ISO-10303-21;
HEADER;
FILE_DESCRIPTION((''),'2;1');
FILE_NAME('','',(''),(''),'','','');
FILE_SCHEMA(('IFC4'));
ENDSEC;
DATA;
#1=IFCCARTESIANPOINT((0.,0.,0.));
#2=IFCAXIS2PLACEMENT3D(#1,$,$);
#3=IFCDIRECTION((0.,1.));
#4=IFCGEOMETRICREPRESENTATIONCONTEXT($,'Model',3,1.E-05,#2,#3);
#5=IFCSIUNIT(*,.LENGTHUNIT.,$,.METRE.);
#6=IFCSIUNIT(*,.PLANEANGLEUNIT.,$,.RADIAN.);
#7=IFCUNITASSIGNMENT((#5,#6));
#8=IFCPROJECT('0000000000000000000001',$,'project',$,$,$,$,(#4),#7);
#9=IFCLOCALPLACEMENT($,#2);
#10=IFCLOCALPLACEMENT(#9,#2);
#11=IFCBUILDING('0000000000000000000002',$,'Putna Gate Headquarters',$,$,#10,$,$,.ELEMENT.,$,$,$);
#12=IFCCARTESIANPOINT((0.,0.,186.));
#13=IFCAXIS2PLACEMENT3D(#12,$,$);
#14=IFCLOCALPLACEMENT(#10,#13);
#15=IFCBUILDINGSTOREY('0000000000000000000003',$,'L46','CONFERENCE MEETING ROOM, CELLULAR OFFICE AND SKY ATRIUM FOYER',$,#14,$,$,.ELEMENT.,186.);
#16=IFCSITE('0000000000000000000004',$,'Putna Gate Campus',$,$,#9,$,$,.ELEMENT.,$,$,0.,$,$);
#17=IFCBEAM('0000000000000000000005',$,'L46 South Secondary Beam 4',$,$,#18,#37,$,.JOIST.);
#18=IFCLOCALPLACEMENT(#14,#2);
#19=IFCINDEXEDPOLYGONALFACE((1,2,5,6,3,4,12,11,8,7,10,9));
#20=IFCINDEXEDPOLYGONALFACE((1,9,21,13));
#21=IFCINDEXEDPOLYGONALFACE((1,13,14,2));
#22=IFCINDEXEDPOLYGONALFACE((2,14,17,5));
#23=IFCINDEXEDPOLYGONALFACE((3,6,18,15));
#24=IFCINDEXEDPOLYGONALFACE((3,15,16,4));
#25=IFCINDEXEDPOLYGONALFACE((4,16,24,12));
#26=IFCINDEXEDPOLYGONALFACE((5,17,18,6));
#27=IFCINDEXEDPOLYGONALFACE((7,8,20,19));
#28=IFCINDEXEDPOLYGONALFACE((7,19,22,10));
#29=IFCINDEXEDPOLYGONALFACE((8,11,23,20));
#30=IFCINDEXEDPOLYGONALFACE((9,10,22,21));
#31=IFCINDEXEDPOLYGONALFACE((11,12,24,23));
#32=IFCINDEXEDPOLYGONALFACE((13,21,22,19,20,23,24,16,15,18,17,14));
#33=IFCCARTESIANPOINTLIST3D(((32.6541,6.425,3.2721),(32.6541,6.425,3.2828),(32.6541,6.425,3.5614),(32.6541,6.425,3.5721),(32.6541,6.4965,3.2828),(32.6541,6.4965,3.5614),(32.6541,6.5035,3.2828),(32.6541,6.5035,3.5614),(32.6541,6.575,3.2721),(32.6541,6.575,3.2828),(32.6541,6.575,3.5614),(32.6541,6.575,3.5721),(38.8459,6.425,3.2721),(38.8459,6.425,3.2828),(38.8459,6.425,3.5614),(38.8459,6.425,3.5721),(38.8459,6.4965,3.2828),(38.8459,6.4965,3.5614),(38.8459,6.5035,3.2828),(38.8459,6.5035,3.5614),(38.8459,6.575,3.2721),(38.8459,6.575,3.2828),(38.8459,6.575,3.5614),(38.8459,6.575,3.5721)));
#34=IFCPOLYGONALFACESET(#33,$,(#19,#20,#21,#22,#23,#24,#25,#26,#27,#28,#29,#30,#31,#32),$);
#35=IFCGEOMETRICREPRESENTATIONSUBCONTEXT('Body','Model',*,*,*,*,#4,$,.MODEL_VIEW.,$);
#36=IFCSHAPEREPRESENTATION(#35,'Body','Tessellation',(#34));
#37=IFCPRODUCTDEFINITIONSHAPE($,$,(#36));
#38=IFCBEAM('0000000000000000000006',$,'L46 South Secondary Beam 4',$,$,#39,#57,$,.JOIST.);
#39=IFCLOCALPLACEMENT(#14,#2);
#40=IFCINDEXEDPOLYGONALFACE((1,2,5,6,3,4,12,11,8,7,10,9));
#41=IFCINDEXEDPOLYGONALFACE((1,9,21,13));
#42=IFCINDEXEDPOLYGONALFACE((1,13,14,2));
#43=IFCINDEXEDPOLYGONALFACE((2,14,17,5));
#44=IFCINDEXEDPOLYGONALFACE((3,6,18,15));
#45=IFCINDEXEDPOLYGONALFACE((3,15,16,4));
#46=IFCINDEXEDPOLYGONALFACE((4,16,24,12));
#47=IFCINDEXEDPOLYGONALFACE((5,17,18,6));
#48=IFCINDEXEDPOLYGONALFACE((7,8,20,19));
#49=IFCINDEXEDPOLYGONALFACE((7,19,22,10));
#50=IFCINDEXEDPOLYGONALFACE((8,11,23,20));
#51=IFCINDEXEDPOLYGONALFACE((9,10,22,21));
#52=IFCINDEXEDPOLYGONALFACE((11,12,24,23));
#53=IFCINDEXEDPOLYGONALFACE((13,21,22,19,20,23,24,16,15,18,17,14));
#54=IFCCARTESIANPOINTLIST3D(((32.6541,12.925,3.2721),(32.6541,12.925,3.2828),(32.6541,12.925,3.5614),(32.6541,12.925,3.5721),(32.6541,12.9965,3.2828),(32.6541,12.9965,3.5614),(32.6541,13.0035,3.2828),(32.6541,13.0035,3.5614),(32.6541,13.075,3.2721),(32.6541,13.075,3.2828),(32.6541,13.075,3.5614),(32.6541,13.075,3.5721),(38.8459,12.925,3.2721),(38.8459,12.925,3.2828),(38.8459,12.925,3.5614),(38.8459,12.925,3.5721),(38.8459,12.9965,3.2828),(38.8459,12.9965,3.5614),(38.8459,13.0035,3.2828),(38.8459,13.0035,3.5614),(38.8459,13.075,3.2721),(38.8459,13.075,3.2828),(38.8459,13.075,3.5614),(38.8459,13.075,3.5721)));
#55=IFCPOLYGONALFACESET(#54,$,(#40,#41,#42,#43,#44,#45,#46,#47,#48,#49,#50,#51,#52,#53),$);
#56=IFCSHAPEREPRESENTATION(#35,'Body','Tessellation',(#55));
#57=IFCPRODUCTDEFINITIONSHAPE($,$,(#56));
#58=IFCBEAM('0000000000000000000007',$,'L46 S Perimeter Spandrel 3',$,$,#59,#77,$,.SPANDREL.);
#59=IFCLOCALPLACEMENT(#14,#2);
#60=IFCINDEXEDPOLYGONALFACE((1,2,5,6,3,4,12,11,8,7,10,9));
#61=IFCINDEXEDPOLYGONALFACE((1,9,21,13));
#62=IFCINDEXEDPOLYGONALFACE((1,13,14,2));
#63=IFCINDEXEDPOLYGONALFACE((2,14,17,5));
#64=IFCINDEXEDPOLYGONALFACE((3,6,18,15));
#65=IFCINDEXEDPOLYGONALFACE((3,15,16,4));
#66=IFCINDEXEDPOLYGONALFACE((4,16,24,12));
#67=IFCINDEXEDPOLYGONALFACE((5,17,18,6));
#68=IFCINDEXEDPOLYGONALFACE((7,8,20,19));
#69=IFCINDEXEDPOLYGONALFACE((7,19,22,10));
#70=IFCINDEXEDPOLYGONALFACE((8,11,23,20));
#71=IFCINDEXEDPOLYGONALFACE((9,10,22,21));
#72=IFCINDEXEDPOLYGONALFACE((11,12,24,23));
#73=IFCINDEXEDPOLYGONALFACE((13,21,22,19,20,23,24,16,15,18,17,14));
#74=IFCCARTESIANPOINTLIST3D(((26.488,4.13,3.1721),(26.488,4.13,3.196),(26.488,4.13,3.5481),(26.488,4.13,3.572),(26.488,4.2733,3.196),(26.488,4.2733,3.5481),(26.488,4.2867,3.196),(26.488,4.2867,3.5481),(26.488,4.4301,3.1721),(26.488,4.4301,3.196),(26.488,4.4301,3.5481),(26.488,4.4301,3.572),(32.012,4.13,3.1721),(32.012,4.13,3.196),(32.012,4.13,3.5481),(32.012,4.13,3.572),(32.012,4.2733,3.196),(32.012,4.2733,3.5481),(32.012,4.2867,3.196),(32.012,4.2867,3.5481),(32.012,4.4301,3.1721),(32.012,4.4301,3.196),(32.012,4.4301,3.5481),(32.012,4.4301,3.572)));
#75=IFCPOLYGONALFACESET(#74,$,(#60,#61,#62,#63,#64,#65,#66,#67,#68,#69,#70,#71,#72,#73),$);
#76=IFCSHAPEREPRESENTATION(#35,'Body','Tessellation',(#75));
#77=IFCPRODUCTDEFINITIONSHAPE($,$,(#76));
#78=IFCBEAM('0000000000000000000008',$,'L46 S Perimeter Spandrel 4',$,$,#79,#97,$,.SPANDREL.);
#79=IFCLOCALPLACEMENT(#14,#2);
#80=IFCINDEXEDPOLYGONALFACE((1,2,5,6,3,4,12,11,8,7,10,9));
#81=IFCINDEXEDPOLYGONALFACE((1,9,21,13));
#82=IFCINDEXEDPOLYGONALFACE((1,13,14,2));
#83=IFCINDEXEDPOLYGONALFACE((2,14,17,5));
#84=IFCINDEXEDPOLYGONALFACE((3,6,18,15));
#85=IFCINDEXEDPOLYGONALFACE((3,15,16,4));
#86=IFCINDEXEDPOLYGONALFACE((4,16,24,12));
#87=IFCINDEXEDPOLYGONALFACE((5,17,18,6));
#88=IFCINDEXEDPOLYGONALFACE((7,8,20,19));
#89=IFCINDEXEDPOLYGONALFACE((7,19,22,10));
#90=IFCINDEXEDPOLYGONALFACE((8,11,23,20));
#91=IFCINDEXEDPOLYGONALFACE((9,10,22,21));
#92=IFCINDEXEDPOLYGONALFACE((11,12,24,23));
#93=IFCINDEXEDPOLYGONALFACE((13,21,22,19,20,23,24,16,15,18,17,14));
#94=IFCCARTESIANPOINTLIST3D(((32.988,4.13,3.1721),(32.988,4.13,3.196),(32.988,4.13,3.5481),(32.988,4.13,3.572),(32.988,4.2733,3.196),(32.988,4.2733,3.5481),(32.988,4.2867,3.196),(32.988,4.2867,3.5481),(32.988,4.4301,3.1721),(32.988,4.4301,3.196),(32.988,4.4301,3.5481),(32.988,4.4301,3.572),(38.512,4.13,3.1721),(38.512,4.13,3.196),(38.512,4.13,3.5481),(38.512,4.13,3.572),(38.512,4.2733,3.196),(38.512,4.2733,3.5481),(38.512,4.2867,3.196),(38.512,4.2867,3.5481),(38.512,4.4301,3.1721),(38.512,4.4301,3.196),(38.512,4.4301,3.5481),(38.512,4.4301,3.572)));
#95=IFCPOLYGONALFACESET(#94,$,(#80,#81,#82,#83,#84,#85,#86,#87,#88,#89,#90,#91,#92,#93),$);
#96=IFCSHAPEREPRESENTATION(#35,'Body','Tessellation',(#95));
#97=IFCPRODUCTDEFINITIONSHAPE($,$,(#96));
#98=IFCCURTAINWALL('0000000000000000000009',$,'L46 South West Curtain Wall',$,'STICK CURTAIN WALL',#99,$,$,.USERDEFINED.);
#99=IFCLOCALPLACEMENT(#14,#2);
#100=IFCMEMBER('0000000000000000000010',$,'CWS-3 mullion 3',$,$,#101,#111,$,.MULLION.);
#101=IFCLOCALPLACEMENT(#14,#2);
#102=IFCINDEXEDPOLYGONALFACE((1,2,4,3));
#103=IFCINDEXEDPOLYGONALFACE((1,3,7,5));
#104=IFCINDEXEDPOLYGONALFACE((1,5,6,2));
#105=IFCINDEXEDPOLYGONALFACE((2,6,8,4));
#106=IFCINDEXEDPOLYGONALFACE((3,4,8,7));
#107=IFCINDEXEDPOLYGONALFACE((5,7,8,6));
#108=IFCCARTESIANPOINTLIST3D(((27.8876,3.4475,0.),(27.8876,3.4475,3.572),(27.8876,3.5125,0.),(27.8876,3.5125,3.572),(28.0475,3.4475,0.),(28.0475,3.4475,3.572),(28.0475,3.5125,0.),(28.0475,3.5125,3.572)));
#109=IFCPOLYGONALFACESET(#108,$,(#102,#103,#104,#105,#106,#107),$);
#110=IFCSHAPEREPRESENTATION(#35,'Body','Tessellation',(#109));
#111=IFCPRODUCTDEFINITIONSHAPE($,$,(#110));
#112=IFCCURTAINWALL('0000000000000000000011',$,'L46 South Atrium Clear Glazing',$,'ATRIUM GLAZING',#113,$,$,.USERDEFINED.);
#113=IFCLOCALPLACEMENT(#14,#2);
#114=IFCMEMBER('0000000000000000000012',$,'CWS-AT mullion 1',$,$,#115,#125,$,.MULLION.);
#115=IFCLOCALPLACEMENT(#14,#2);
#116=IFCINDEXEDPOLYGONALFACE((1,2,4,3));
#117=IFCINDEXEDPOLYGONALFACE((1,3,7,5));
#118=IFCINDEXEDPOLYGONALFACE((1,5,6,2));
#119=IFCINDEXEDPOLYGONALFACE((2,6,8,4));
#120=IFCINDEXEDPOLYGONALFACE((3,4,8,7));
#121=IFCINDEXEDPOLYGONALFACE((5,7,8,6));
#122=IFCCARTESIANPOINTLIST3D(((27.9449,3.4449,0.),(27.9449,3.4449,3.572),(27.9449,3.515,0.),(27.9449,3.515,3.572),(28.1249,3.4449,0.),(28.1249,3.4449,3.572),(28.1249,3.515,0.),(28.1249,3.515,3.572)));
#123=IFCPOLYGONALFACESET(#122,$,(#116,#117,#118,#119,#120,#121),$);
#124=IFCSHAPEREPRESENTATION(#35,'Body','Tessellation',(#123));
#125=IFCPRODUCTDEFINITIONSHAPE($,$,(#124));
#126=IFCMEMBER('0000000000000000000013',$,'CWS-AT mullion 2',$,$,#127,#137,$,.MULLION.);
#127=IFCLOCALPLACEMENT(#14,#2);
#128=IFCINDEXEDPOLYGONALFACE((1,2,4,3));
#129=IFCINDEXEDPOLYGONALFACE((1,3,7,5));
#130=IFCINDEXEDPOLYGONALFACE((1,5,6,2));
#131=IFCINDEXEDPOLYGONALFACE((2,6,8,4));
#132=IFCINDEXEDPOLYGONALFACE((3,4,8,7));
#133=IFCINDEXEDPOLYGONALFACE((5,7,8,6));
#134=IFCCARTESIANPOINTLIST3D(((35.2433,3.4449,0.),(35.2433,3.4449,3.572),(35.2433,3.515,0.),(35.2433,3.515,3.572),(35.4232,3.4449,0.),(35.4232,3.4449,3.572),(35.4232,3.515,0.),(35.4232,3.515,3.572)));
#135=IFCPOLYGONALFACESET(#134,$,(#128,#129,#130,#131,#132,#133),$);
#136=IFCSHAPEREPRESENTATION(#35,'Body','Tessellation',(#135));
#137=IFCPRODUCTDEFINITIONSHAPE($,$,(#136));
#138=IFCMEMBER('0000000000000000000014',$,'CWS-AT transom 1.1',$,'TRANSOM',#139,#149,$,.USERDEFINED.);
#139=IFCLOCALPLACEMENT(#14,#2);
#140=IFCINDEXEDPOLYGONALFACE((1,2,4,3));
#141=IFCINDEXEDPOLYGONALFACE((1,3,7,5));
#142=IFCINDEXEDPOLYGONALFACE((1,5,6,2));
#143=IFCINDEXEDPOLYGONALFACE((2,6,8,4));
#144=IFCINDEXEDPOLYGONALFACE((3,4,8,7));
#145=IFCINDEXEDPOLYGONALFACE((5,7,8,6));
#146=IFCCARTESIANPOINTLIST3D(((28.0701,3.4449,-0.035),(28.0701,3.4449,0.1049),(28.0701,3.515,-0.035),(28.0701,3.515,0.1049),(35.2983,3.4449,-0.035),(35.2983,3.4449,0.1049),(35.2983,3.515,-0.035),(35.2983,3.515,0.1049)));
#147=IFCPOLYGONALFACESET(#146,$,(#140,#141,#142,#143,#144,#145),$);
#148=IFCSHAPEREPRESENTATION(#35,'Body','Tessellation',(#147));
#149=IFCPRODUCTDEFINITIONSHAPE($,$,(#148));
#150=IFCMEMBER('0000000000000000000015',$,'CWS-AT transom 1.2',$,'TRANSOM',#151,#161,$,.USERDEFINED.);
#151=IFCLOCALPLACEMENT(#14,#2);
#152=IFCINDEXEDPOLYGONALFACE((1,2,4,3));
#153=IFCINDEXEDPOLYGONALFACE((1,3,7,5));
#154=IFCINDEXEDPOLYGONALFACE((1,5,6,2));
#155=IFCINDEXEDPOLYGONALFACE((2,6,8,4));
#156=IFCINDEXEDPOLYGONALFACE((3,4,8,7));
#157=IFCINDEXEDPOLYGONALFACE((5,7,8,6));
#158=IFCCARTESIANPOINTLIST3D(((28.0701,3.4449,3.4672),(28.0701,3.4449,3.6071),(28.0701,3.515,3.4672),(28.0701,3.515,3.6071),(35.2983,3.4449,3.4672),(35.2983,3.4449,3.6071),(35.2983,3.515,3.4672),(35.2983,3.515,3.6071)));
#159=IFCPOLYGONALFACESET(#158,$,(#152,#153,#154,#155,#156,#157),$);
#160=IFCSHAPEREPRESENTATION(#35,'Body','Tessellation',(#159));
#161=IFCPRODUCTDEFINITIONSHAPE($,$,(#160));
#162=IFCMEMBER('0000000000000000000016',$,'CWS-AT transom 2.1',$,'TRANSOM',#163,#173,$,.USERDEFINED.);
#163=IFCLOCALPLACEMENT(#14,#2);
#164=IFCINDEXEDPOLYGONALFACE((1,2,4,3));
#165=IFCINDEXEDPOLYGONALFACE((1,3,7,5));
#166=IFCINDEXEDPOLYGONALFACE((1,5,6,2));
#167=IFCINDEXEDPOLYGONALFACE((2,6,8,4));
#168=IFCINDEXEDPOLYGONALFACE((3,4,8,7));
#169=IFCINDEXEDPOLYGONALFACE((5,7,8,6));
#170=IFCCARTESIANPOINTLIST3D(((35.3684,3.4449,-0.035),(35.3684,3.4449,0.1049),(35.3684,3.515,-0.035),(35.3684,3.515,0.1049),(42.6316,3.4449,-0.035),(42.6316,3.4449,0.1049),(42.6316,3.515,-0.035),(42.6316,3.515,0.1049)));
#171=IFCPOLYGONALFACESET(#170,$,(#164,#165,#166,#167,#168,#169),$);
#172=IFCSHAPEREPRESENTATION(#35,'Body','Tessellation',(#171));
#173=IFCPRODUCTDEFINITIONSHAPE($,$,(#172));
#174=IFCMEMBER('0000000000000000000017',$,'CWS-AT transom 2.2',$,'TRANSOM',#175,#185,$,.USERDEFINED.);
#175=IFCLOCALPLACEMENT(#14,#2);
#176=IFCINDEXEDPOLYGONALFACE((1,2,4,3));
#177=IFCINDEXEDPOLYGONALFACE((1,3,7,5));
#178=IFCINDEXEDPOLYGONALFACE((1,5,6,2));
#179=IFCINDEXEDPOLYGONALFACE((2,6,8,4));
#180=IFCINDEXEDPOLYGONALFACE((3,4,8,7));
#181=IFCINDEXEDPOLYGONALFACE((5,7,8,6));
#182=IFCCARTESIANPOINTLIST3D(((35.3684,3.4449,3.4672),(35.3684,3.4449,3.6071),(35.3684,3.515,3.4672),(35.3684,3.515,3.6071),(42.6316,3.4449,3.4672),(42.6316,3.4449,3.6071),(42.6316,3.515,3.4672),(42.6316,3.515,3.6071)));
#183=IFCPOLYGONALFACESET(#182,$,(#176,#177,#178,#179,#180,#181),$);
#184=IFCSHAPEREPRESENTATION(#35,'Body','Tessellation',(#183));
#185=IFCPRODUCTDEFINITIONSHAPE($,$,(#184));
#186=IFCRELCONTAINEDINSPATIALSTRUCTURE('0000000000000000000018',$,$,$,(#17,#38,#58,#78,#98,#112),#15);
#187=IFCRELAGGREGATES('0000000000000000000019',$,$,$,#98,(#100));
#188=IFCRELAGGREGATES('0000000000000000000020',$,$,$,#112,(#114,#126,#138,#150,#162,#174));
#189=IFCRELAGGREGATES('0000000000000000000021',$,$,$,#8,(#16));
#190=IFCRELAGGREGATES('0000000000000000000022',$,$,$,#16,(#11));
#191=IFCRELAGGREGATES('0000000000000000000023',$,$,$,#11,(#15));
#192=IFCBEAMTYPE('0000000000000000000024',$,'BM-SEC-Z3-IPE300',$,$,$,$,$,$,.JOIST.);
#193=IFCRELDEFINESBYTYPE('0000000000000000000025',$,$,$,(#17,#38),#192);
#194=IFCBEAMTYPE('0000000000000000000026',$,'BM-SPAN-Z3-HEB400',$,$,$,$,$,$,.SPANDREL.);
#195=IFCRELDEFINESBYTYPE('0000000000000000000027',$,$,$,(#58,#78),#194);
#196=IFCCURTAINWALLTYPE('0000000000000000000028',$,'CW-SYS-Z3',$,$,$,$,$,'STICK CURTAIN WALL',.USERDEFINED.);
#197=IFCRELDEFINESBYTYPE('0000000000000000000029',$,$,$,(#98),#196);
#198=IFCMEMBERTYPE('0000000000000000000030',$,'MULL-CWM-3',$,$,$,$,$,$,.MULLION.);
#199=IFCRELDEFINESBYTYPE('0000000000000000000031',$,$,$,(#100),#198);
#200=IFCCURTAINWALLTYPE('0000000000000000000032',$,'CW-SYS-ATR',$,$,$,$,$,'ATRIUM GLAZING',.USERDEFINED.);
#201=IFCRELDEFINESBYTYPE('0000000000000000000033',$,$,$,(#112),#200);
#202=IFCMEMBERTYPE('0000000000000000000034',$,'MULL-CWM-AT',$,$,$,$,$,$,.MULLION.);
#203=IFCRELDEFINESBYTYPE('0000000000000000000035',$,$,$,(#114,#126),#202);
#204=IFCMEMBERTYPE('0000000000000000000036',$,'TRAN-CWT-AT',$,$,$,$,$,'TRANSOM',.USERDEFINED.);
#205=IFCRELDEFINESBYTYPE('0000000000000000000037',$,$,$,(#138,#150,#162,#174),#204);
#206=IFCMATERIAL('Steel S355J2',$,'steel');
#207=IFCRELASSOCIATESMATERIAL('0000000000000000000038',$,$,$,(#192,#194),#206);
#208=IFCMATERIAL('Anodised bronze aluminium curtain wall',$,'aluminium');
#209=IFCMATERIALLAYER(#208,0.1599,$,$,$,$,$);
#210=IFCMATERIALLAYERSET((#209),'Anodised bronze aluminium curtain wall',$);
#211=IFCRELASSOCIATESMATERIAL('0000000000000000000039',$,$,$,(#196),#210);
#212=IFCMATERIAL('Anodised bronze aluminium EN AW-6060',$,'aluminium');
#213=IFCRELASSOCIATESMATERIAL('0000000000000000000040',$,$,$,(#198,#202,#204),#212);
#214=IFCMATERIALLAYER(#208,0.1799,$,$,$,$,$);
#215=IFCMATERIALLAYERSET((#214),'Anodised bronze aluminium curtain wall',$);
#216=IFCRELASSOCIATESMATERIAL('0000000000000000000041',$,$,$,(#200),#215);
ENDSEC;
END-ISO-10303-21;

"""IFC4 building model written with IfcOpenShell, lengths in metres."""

from ifc_helpers import new_model, si_unit, direction, frame, origin, origin_2d, place, context, subcontext, project, spatial, rectangle, i_section, extrude, material, layer, layer_set, material_profile, profile_set, type_object, element, aggregate, save


model = new_model("IFC4")

# Units and contexts
model_context = context("Model", 3, precision=1e-05, world=origin(), true_north=direction((0.0, 1.0)))
body_context = subcontext(model_context, "Body", "Model", "MODEL_VIEW")
ifc_project = project(units=[si_unit("LENGTHUNIT", "METRE"), si_unit("PLANEANGLEUNIT", "RADIAN")], contexts=[model_context])

# Site, building, storey
site_placement = place(None, origin())
site = spatial("IfcSite", under=ifc_project, at=site_placement, Name="Putna Gate Campus", CompositionType="ELEMENT", RefElevation=0.0)
building_placement = place(site_placement, origin())
building = spatial("IfcBuilding", under=site, at=building_placement, Name="Putna Gate Headquarters", CompositionType="ELEMENT")
storey_placement = place(building_placement, frame((0.0, 0.0, 186.0)))
storey = spatial("IfcBuildingStorey", under=building, at=storey_placement, Name="L46", Description="CONFERENCE MEETING ROOM, CELLULAR OFFICE AND SKY ATRIUM FOYER", CompositionType="ELEMENT", Elevation=186.0)

# Beams
ifc_material_1 = material(Name="Steel S355J2", Category="steel")
ifc_material_profile_1 = material_profile(ifc_material_1, i_section(OverallWidth=0.1499, OverallDepth=0.3, WebThickness=0.0071, FlangeThickness=0.0107, at=origin_2d()), Name="Steel S355J2")
ifc_profile_set_1 = profile_set([ifc_material_profile_1], Name="Steel S355J2")
beam_type_1 = type_object("IfcBeamType", Name="BM-SEC-Z3-IPE300", PredefinedType="JOIST", material=ifc_profile_set_1)
for number, where, z_axis, x_axis, name in (
    (1, (32.6541, 6.5, 3.4221), (1.0, 0.0, 0.0), (0.0, 1.0, 0.0), "L46 South Secondary Beam 4"),
    (2, (32.6541, 13.0, 3.4221), (1.0, 0.0, 0.0), (0.0, 1.0, 0.0), "L46 South Secondary Beam 4"),
):
    element("IfcBeam", number, at=place(storey_placement, frame(where, z_axis=z_axis, x_axis=x_axis)), inside=storey, type_object=beam_type_1, Name=name, PredefinedType="JOIST", context=body_context, shape_type="SweptSolid", body=[
        extrude(i_section(OverallWidth=0.1499, OverallDepth=0.3, WebThickness=0.0071, FlangeThickness=0.0107, at=origin_2d()), origin(), (0.0, 0.0, 1.0), 6.1919),
    ])
ifc_material_profile_2 = material_profile(ifc_material_1, i_section(OverallWidth=0.3, OverallDepth=0.3999, WebThickness=0.0134, FlangeThickness=0.0239, at=origin_2d()), Name="Steel S355J2")
ifc_profile_set_2 = profile_set([ifc_material_profile_2], Name="Steel S355J2")
beam_type_2 = type_object("IfcBeamType", Name="BM-SPAN-Z3-HEB400", PredefinedType="SPANDREL", material=ifc_profile_set_2)
for number, where, z_axis, x_axis, name in (
    (3, (26.488, 4.28, 3.3721), (1.0, 0.0, 0.0), (0.0, 1.0, 0.0), "L46 S Perimeter Spandrel 3"),
    (4, (32.988, 4.28, 3.3721), (1.0, 0.0, 0.0), (0.0, 1.0, 0.0), "L46 S Perimeter Spandrel 4"),
):
    element("IfcBeam", number, at=place(storey_placement, frame(where, z_axis=z_axis, x_axis=x_axis)), inside=storey, type_object=beam_type_2, Name=name, PredefinedType="SPANDREL", context=body_context, shape_type="SweptSolid", body=[
        extrude(i_section(OverallWidth=0.3, OverallDepth=0.3999, WebThickness=0.0134, FlangeThickness=0.0239, at=origin_2d()), origin(), (0.0, 0.0, 1.0), 5.5239),
    ])

# Curtain wall, member
ifc_material_2 = material(Name="Anodised bronze aluminium curtain wall", Category="aluminium")
ifc_layer_1 = layer(ifc_material_2, 0.1599)
ifc_layer_set_1 = layer_set([ifc_layer_1], Name="Anodised bronze aluminium curtain wall")
curtain_wall_type_1 = type_object("IfcCurtainWallType", Name="CW-SYS-Z3", ElementType="STICK CURTAIN WALL", PredefinedType="USERDEFINED", material=ifc_layer_set_1)
curtain_wall_1_placement = place(storey_placement, origin())
curtain_wall_1 = element("IfcCurtainWall", 5, at=curtain_wall_1_placement, inside=storey, type_object=curtain_wall_type_1, Name="L46 South West Curtain Wall", ObjectType="STICK CURTAIN WALL", PredefinedType="USERDEFINED")
ifc_material_3 = material(Name="Anodised bronze aluminium EN AW-6060", Category="aluminium")
ifc_material_profile_3 = material_profile(ifc_material_3, rectangle(XDim=0.0649, YDim=0.1599, at=origin_2d()), Name="Anodised bronze aluminium EN AW-6060")
ifc_profile_set_3 = profile_set([ifc_material_profile_3], Name="Anodised bronze aluminium EN AW-6060")
member_type_1 = type_object("IfcMemberType", Name="MULL-CWM-3", PredefinedType="MULLION", material=ifc_profile_set_3)
member_1_placement = place(storey_placement, frame((27.9675, 3.48, 0.0), z_axis=(0.0, 0.0, 1.0), x_axis=(0.0, 1.0, 0.0)))
member_1 = element("IfcMember", 6, at=member_1_placement, type_object=member_type_1, Name="CWS-3 mullion 3", PredefinedType="MULLION", context=body_context, shape_type="SweptSolid", body=[
    extrude(rectangle(XDim=0.0649, YDim=0.1599, at=origin_2d()), origin(), (0.0, 0.0, 1.0), 3.572),
])
aggregate(curtain_wall_1, [member_1])

# Curtain wall, members
ifc_layer_2 = layer(ifc_material_2, 0.1799)
ifc_layer_set_2 = layer_set([ifc_layer_2], Name="Anodised bronze aluminium curtain wall")
curtain_wall_type_2 = type_object("IfcCurtainWallType", Name="CW-SYS-ATR", ElementType="ATRIUM GLAZING", PredefinedType="USERDEFINED", material=ifc_layer_set_2)
curtain_wall_2_placement = place(storey_placement, origin())
curtain_wall_2 = element("IfcCurtainWall", 7, at=curtain_wall_2_placement, inside=storey, type_object=curtain_wall_type_2, Name="L46 South Atrium Clear Glazing", ObjectType="ATRIUM GLAZING", PredefinedType="USERDEFINED")
ifc_material_profile_4 = material_profile(ifc_material_3, rectangle(XDim=0.0701, YDim=0.1799, at=origin_2d()), Name="Anodised bronze aluminium EN AW-6060")
ifc_profile_set_4 = profile_set([ifc_material_profile_4], Name="Anodised bronze aluminium EN AW-6060")
member_type_2 = type_object("IfcMemberType", Name="MULL-CWM-AT", PredefinedType="MULLION", material=ifc_profile_set_4)
member_2_placement = place(storey_placement, frame((28.0349, 3.48, 0.0), z_axis=(0.0, 0.0, 1.0), x_axis=(0.0, 1.0, 0.0)))
member_2 = element("IfcMember", 8, at=member_2_placement, type_object=member_type_2, Name="CWS-AT mullion 1", PredefinedType="MULLION", context=body_context, shape_type="SweptSolid", body=[
    extrude(rectangle(XDim=0.0701, YDim=0.1799, at=origin_2d()), origin(), (0.0, 0.0, 1.0), 3.572),
])
member_3_placement = place(storey_placement, frame((35.3333, 3.48, 0.0), z_axis=(0.0, 0.0, 1.0), x_axis=(0.0, 1.0, 0.0)))
member_3 = element("IfcMember", 9, at=member_3_placement, type_object=member_type_2, Name="CWS-AT mullion 2", PredefinedType="MULLION", context=body_context, shape_type="SweptSolid", body=[
    extrude(rectangle(XDim=0.0701, YDim=0.1799, at=origin_2d()), origin(), (0.0, 0.0, 1.0), 3.572),
])
ifc_material_profile_5 = material_profile(ifc_material_3, rectangle(XDim=0.0701, YDim=0.1399, at=origin_2d()), Name="Anodised bronze aluminium EN AW-6060")
ifc_profile_set_5 = profile_set([ifc_material_profile_5], Name="Anodised bronze aluminium EN AW-6060")
member_type_3 = type_object("IfcMemberType", Name="TRAN-CWT-AT", ElementType="TRANSOM", PredefinedType="USERDEFINED", material=ifc_profile_set_5)
member_4_placement = place(storey_placement, frame((28.0701, 3.48, 0.0349), z_axis=(1.0, 0.0, 0.0), x_axis=(0.0, 1.0, 0.0)))
member_4 = element("IfcMember", 10, at=member_4_placement, type_object=member_type_3, Name="CWS-AT transom 1.1", ObjectType="TRANSOM", PredefinedType="USERDEFINED", context=body_context, shape_type="SweptSolid", body=[
    extrude(rectangle(XDim=0.0701, YDim=0.1399, at=origin_2d()), origin(), (0.0, 0.0, 1.0), 7.2283),
])
member_5_placement = place(storey_placement, frame((28.0701, 3.48, 3.5371), z_axis=(1.0, 0.0, 0.0), x_axis=(0.0, 1.0, 0.0)))
member_5 = element("IfcMember", 11, at=member_5_placement, type_object=member_type_3, Name="CWS-AT transom 1.2", ObjectType="TRANSOM", PredefinedType="USERDEFINED", context=body_context, shape_type="SweptSolid", body=[
    extrude(rectangle(XDim=0.0701, YDim=0.1399, at=origin_2d()), origin(), (0.0, 0.0, 1.0), 7.2283),
])
member_6_placement = place(storey_placement, frame((35.3684, 3.48, 0.0349), z_axis=(1.0, 0.0, 0.0), x_axis=(0.0, 1.0, 0.0)))
member_6 = element("IfcMember", 12, at=member_6_placement, type_object=member_type_3, Name="CWS-AT transom 2.1", ObjectType="TRANSOM", PredefinedType="USERDEFINED", context=body_context, shape_type="SweptSolid", body=[
    extrude(rectangle(XDim=0.0701, YDim=0.1399, at=origin_2d()), origin(), (0.0, 0.0, 1.0), 7.2632),
])
member_7_placement = place(storey_placement, frame((35.3684, 3.48, 3.5371), z_axis=(1.0, 0.0, 0.0), x_axis=(0.0, 1.0, 0.0)))
member_7 = element("IfcMember", 13, at=member_7_placement, type_object=member_type_3, Name="CWS-AT transom 2.2", ObjectType="TRANSOM", PredefinedType="USERDEFINED", context=body_context, shape_type="SweptSolid", body=[
    extrude(rectangle(XDim=0.0701, YDim=0.1399, at=origin_2d()), origin(), (0.0, 0.0, 1.0), 7.2632),
])
aggregate(curtain_wall_2, [member_2, member_3, member_4, member_5, member_6, member_7])

save(model, "model.ifc")
